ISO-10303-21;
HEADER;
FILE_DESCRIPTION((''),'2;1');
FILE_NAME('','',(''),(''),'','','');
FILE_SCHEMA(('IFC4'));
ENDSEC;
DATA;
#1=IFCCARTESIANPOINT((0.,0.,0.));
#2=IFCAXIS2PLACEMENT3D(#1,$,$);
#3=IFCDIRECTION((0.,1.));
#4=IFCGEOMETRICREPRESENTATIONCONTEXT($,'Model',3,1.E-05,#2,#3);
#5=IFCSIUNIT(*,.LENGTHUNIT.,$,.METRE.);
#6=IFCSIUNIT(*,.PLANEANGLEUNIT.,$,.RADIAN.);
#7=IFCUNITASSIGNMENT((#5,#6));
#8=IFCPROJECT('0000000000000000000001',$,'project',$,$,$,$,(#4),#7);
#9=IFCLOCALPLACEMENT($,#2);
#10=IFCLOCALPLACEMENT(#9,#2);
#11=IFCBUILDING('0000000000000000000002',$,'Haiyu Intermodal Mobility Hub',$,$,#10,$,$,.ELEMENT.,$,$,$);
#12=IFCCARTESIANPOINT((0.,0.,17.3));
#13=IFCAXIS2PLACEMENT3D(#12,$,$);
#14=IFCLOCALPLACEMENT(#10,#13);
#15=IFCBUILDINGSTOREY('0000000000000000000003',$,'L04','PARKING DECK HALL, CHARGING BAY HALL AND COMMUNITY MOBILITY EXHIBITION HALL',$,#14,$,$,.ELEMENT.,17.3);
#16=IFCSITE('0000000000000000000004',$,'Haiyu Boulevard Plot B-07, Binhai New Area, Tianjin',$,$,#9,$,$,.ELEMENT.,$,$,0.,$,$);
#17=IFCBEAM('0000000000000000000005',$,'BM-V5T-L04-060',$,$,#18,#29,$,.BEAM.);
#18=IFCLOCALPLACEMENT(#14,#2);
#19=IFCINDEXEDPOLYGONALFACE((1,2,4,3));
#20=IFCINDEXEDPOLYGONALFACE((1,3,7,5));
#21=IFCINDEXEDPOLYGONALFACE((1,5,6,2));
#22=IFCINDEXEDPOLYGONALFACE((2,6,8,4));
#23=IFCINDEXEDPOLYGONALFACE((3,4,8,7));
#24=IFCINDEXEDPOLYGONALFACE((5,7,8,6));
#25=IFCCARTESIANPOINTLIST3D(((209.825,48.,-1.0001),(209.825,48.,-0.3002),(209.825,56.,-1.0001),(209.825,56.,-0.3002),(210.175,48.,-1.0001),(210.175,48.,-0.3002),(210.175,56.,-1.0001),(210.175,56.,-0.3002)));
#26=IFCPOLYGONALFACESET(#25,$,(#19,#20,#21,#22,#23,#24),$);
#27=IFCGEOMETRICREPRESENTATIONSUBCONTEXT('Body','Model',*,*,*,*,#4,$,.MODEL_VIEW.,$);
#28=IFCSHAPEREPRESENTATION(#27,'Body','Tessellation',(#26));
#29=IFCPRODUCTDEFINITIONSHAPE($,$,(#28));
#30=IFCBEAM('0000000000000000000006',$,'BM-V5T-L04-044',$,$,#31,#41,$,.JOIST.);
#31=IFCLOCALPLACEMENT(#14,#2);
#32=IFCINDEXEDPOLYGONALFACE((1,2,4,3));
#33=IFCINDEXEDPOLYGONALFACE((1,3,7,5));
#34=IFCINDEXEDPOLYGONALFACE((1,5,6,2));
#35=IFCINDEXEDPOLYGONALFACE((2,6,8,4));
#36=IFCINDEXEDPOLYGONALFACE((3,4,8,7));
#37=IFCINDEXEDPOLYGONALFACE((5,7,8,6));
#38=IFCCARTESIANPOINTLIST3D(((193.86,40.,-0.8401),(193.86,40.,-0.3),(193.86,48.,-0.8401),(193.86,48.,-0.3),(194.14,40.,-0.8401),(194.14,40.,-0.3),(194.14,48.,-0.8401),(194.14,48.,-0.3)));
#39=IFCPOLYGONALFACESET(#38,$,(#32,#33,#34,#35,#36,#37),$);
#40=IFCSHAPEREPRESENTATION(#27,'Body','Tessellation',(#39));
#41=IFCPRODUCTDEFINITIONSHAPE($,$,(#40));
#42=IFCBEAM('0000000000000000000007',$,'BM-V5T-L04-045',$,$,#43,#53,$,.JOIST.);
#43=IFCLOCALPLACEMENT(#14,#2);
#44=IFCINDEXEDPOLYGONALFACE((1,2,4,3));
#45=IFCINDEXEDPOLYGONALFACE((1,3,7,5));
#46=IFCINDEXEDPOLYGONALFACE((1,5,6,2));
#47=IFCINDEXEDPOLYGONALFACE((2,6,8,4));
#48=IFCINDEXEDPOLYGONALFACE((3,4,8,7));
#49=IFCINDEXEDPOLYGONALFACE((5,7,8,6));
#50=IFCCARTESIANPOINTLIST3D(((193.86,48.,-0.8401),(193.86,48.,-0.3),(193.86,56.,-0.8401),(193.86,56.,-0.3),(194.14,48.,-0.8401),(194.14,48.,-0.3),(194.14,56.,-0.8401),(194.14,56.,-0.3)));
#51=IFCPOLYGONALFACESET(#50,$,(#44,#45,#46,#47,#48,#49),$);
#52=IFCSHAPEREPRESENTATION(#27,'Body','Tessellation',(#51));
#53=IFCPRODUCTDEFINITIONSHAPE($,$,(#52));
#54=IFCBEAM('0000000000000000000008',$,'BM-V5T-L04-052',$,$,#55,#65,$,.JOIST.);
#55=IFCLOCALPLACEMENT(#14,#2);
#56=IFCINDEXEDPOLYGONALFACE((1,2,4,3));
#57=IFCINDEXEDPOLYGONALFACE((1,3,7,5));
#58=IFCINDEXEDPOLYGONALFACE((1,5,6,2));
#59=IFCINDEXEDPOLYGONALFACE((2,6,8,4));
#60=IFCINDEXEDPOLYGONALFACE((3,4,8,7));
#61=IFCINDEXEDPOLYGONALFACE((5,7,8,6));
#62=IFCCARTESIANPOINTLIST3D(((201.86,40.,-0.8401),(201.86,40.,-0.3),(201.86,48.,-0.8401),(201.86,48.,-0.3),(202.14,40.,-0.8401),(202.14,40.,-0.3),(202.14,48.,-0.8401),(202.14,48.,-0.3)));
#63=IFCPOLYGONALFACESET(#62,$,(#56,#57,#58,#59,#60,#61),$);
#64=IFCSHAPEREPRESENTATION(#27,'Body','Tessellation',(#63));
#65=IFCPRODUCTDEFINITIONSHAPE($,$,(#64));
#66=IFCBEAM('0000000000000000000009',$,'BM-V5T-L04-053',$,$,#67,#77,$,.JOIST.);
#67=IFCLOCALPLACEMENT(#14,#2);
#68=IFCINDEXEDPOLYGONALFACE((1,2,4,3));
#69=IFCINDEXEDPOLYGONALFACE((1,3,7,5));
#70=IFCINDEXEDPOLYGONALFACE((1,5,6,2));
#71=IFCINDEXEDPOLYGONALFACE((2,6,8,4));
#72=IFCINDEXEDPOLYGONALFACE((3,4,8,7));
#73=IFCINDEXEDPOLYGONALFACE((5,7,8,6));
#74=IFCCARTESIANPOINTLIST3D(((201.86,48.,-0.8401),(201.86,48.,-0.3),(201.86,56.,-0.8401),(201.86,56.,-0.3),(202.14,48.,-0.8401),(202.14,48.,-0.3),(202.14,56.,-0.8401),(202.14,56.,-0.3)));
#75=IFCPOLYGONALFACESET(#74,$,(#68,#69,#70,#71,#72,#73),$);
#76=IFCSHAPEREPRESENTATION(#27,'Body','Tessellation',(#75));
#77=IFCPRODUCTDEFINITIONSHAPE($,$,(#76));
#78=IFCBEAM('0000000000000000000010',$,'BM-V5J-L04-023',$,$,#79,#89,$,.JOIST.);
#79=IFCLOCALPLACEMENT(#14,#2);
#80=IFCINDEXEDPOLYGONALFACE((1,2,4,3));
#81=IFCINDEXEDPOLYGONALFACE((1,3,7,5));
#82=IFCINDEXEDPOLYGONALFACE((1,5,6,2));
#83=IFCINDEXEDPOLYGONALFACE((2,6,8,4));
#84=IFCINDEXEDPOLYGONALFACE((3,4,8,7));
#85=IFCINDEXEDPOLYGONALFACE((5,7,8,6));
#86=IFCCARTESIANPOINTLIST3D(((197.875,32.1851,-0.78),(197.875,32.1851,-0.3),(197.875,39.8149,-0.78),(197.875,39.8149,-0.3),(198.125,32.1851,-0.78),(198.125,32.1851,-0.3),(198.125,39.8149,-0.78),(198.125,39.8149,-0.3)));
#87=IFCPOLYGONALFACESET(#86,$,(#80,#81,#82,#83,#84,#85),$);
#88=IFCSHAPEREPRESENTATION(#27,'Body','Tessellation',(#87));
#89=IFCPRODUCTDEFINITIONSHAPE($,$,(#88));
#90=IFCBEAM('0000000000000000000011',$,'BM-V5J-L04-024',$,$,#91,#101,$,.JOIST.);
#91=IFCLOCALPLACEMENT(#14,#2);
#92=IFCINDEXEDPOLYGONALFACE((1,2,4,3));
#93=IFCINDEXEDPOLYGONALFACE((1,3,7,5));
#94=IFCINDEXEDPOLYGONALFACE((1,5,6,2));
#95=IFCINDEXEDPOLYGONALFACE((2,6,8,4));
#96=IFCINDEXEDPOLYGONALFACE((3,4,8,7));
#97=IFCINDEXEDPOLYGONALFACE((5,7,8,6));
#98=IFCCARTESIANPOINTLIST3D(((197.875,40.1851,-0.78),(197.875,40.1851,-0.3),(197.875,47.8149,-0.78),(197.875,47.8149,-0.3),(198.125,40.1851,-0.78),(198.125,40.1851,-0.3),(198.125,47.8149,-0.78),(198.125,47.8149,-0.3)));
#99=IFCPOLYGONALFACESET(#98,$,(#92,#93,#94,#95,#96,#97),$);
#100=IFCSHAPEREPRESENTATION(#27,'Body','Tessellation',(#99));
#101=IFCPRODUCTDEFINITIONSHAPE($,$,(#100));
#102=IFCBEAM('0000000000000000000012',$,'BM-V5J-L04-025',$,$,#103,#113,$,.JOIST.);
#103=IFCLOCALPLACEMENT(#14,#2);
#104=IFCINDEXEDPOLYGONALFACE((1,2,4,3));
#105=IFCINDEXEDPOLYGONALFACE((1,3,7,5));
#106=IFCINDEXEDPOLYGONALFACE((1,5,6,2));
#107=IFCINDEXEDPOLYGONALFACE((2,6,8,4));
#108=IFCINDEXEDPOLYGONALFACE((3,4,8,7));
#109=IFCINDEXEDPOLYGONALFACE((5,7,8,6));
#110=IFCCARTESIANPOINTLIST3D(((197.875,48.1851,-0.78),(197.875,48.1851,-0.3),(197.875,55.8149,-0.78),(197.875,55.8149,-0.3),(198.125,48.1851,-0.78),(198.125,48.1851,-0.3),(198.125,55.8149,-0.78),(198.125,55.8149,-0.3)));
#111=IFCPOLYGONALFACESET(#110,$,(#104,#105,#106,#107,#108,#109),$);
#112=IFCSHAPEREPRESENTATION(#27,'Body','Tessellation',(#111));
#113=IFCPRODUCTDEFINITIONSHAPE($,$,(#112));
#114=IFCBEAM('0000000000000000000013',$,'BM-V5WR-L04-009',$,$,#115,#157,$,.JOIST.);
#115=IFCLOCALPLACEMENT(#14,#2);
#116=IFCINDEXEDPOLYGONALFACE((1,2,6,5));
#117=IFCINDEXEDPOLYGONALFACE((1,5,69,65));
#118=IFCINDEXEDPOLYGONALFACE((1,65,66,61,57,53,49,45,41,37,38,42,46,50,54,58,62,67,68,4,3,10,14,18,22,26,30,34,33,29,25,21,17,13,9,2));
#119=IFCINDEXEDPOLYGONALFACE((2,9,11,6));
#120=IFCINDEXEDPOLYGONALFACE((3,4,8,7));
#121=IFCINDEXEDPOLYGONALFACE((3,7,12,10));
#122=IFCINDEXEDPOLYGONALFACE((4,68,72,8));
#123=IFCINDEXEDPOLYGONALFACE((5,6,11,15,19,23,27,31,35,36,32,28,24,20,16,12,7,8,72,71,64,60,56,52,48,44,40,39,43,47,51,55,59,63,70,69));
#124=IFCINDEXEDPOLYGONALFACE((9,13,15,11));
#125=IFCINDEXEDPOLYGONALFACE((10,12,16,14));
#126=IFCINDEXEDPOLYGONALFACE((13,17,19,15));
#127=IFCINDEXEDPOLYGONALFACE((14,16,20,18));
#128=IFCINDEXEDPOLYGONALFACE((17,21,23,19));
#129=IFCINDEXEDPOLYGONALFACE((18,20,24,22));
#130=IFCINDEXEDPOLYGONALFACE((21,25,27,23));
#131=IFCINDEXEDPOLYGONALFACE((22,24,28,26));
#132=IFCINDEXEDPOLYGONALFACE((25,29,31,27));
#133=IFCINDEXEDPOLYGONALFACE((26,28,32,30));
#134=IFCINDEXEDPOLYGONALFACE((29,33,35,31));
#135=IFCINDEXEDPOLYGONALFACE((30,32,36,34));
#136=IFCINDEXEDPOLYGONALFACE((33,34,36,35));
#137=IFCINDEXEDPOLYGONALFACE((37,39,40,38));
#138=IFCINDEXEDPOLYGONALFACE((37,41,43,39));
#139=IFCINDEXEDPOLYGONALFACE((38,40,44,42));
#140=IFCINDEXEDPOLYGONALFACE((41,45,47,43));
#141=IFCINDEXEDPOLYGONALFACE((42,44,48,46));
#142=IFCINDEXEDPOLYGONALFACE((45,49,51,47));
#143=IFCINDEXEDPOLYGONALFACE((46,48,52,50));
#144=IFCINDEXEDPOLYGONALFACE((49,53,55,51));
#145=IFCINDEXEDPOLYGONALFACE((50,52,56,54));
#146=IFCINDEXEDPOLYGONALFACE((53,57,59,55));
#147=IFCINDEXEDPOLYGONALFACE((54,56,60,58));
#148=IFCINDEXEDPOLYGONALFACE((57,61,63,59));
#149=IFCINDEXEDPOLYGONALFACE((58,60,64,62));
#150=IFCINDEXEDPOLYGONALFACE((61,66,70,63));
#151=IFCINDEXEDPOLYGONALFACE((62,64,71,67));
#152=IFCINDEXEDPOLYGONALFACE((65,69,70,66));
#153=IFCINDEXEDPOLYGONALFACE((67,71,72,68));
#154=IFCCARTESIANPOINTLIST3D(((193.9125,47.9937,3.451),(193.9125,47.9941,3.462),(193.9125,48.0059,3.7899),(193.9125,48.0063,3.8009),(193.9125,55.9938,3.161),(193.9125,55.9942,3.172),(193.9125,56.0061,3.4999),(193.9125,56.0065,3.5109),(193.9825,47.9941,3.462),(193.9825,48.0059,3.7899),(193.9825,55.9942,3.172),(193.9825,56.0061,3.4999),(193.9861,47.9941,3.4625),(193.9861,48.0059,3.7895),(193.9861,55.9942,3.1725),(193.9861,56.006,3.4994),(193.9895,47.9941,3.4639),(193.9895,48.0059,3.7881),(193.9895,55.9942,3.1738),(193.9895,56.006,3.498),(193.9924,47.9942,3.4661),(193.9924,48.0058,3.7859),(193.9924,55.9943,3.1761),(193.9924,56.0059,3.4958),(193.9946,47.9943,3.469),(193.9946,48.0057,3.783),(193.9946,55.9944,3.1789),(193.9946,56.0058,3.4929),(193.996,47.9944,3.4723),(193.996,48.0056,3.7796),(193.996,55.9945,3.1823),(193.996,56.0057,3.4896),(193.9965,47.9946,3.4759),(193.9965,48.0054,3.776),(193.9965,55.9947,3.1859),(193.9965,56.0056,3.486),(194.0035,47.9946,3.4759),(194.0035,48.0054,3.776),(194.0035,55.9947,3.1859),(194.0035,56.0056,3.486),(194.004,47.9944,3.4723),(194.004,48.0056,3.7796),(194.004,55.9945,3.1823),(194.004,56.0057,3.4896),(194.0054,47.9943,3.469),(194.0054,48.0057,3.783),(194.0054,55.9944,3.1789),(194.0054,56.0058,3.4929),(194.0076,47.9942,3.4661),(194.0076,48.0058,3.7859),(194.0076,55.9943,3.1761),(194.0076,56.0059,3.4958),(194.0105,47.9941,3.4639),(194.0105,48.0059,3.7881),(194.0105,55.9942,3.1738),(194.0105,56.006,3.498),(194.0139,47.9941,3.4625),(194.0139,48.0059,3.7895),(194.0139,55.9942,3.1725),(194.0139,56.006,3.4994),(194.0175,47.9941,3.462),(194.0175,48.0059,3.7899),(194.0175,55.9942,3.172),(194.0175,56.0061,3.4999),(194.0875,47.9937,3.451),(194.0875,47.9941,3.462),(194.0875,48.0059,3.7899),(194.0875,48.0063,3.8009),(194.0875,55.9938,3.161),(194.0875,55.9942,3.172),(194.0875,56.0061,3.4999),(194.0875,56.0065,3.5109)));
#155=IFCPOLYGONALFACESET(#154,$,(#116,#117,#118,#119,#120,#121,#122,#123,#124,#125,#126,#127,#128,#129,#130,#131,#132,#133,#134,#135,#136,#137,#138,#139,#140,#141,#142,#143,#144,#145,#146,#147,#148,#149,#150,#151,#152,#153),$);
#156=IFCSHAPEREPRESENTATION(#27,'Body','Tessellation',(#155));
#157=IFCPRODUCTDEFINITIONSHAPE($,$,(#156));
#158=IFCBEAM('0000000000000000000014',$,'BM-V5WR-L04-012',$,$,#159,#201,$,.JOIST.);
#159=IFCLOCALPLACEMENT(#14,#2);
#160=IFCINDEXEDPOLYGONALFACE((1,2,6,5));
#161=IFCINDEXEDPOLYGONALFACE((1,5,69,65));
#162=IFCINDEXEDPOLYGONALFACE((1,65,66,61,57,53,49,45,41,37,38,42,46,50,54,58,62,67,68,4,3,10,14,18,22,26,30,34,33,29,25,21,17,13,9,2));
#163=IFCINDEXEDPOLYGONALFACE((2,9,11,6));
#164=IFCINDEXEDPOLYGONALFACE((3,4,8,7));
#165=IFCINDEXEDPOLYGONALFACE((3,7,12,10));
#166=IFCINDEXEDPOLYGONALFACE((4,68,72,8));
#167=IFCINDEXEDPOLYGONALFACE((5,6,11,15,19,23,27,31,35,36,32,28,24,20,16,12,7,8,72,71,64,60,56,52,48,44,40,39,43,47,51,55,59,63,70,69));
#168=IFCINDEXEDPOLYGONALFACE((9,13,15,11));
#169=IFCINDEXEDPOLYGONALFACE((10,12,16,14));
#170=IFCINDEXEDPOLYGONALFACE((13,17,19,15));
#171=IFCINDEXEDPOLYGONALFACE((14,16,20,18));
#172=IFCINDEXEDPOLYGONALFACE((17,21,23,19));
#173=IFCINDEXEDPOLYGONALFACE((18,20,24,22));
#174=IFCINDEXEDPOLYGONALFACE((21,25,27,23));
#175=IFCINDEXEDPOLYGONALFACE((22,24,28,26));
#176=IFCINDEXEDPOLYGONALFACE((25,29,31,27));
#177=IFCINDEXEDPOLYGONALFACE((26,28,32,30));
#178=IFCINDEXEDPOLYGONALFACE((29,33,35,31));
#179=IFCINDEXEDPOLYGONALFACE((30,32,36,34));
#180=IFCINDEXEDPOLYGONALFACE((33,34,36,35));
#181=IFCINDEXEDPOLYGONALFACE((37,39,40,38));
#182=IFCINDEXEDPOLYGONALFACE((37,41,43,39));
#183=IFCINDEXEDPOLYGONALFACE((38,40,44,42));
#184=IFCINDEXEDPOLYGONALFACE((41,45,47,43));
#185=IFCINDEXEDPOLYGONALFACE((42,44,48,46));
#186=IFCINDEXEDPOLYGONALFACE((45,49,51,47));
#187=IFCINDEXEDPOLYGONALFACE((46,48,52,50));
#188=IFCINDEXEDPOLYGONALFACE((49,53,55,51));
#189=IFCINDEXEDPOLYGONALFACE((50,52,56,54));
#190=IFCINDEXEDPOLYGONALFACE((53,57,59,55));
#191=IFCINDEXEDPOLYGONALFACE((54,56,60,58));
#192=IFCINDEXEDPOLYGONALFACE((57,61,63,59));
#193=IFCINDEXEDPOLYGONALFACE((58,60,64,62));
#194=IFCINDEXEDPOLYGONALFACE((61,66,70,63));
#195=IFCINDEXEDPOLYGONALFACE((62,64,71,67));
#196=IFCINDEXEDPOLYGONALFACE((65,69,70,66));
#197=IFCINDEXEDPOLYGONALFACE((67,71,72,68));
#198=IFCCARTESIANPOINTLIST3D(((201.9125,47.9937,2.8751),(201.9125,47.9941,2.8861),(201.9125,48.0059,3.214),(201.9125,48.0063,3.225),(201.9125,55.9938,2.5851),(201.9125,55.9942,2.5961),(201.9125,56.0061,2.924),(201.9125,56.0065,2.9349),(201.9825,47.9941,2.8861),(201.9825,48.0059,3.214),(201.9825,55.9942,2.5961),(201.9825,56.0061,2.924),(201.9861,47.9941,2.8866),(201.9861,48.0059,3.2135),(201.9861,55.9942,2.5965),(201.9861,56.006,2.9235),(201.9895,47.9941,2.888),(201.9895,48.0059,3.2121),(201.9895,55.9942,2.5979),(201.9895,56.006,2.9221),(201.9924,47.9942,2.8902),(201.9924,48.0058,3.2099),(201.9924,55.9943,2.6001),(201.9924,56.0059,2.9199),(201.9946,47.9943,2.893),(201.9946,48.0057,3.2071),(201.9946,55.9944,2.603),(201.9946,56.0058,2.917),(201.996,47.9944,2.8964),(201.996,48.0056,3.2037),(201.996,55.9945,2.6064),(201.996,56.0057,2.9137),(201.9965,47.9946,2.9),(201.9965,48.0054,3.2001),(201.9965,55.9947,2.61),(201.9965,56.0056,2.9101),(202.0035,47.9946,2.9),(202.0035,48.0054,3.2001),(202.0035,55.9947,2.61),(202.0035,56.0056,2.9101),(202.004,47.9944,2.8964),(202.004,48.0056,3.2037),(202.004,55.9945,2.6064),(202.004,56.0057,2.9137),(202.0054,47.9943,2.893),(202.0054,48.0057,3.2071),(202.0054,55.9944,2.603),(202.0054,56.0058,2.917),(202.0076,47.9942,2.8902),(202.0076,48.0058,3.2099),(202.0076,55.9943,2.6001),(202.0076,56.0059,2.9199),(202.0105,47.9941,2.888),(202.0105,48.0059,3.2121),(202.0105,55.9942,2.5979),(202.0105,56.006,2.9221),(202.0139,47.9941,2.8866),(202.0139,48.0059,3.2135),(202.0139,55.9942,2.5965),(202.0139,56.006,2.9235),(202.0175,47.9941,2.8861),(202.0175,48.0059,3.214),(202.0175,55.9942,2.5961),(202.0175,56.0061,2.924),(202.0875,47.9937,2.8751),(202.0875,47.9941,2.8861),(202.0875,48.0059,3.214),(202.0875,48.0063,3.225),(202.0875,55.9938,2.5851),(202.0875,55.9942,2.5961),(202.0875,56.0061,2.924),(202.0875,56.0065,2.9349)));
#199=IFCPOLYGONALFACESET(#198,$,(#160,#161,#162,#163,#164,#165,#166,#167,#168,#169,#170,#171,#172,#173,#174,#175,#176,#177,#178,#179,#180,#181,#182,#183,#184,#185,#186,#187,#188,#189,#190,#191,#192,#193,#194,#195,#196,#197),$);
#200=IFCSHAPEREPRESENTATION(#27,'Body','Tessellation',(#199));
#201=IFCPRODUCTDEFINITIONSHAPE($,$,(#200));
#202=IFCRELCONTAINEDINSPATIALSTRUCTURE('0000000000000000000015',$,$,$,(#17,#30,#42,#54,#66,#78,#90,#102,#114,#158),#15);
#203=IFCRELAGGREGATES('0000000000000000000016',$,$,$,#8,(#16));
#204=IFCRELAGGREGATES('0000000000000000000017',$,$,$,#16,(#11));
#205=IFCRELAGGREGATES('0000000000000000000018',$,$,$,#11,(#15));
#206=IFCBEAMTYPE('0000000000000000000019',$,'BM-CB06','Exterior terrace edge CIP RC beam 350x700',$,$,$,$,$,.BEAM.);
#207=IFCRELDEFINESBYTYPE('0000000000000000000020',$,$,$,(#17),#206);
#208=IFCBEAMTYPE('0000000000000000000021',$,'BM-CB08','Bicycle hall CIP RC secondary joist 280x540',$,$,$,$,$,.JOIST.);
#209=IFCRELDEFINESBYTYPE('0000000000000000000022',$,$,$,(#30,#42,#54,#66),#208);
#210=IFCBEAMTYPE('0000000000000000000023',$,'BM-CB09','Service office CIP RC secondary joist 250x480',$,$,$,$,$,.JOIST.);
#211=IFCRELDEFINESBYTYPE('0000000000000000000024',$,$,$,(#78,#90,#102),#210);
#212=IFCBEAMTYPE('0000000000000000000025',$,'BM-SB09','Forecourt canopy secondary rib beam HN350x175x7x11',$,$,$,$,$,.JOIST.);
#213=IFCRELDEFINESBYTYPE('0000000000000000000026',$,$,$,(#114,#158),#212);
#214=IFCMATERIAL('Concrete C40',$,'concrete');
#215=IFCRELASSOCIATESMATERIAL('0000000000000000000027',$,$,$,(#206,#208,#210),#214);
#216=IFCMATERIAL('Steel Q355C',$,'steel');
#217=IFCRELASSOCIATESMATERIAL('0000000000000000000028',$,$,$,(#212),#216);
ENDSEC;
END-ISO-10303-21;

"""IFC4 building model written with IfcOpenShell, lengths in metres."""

from ifc_helpers import new_model, si_unit, direction, frame, origin, origin_2d, place, context, subcontext, project, spatial, rectangle, i_section, extrude, material, material_profile, profile_set, type_object, element, save


model = new_model("IFC4")

# Units and contexts
model_context = context("Model", 3, precision=1e-05, world=origin(), true_north=direction((0.0, 1.0)))
body_context = subcontext(model_context, "Body", "Model", "MODEL_VIEW")
ifc_project = project(units=[si_unit("LENGTHUNIT", "METRE"), si_unit("PLANEANGLEUNIT", "RADIAN")], contexts=[model_context])

# Site, building, storey
site_placement = place(None, origin())
site = spatial("IfcSite", under=ifc_project, at=site_placement, Name="Haiyu Boulevard Plot B-07, Binhai New Area, Tianjin", CompositionType="ELEMENT", RefElevation=0.0)
building_placement = place(site_placement, origin())
building = spatial("IfcBuilding", under=site, at=building_placement, Name="Haiyu Intermodal Mobility Hub", CompositionType="ELEMENT")
storey_placement = place(building_placement, frame((0.0, 0.0, 17.3)))
storey = spatial("IfcBuildingStorey", under=building, at=storey_placement, Name="L04", Description="PARKING DECK HALL, CHARGING BAY HALL AND COMMUNITY MOBILITY EXHIBITION HALL", CompositionType="ELEMENT", Elevation=17.3)

# Shared definitions
ifc_material_1 = material(Name="Steel Q355C", Category="steel")

# Beams
ifc_material_2 = material(Name="Concrete C40", Category="concrete")
ifc_material_profile_1 = material_profile(ifc_material_2, rectangle(XDim=0.3501, YDim=0.7, at=origin_2d()), Name="RCB350x700")
ifc_profile_set_1 = profile_set([ifc_material_profile_1], Name="Concrete C40")
beam_type_1 = type_object("IfcBeamType", Name="BM-CB06", Description="Exterior terrace edge CIP RC beam 350x700", PredefinedType="BEAM", material=ifc_profile_set_1)
for number, where, z_axis, x_axis, name in (
    (1, (210.0, 48.0, -0.6501), (0.0, 1.0, 0.0), (-1.0, 0.0, 0.0), "BM-V5T-L04-060"),
):
    element("IfcBeam", number, at=place(storey_placement, frame(where, z_axis=z_axis, x_axis=x_axis)), inside=storey, type_object=beam_type_1, Name=name, PredefinedType="BEAM", context=body_context, shape_type="SweptSolid", body=[
        extrude(rectangle(XDim=0.3501, YDim=0.7, at=origin_2d()), origin(), (0.0, 0.0, 1.0), 8.0),
    ])
ifc_material_profile_2 = material_profile(ifc_material_2, rectangle(XDim=0.28, YDim=0.54, at=origin_2d()), Name="RCB280x540")
ifc_profile_set_2 = profile_set([ifc_material_profile_2], Name="Concrete C40")
beam_type_2 = type_object("IfcBeamType", Name="BM-CB08", Description="Bicycle hall CIP RC secondary joist 280x540", PredefinedType="JOIST", material=ifc_profile_set_2)
for number, where, z_axis, x_axis, name in (
    (2, (194.0, 40.0, -0.5701), (0.0, 1.0, 0.0), (-1.0, 0.0, 0.0), "BM-V5T-L04-044"),
    (3, (194.0, 48.0, -0.5701), (0.0, 1.0, 0.0), (-1.0, 0.0, 0.0), "BM-V5T-L04-045"),
    (4, (202.0, 40.0, -0.5701), (0.0, 1.0, 0.0), (-1.0, 0.0, 0.0), "BM-V5T-L04-052"),
    (5, (202.0, 48.0, -0.5701), (0.0, 1.0, 0.0), (-1.0, 0.0, 0.0), "BM-V5T-L04-053"),
):
    element("IfcBeam", number, at=place(storey_placement, frame(where, z_axis=z_axis, x_axis=x_axis)), inside=storey, type_object=beam_type_2, Name=name, PredefinedType="JOIST", context=body_context, shape_type="SweptSolid", body=[
        extrude(rectangle(XDim=0.28, YDim=0.54, at=origin_2d()), origin(), (0.0, 0.0, 1.0), 8.0),
    ])
ifc_material_profile_3 = material_profile(ifc_material_2, rectangle(XDim=0.25, YDim=0.48, at=origin_2d()), Name="RCB250x480")
ifc_profile_set_3 = profile_set([ifc_material_profile_3], Name="Concrete C40")
beam_type_3 = type_object("IfcBeamType", Name="BM-CB09", Description="Service office CIP RC secondary joist 250x480", PredefinedType="JOIST", material=ifc_profile_set_3)
for number, where, z_axis, x_axis, name in (
    (6, (198.0, 32.1851, -0.54), (0.0, 1.0, 0.0), (-1.0, 0.0, 0.0), "BM-V5J-L04-023"),
    (7, (198.0, 40.1851, -0.54), (0.0, 1.0, 0.0), (-1.0, 0.0, 0.0), "BM-V5J-L04-024"),
    (8, (198.0, 48.1851, -0.54), (0.0, 1.0, 0.0), (-1.0, 0.0, 0.0), "BM-V5J-L04-025"),
):
    element("IfcBeam", number, at=place(storey_placement, frame(where, z_axis=z_axis, x_axis=x_axis)), inside=storey, type_object=beam_type_3, Name=name, PredefinedType="JOIST", context=body_context, shape_type="SweptSolid", body=[
        extrude(rectangle(XDim=0.25, YDim=0.48, at=origin_2d()), origin(), (0.0, 0.0, 1.0), 7.6299),
    ])
ifc_material_profile_4 = material_profile(ifc_material_1, i_section(OverallWidth=0.175, OverallDepth=0.3501, WebThickness=0.0071, FlangeThickness=0.011, FilletRadius=0.0139, at=origin_2d()), Name="HN350x175x7x11")
ifc_profile_set_4 = profile_set([ifc_material_profile_4], Name="Steel Q355C")
beam_type_4 = type_object("IfcBeamType", Name="BM-SB09", Description="Forecourt canopy secondary rib beam HN350x175x7x11", PredefinedType="JOIST", material=ifc_profile_set_4)
for number, where, z_axis, x_axis, name in (
    (9, (194.0, 48.0, 3.626), (0.0, 0.999343, -0.036231), (-1.0, 0.0, 0.0), "BM-V5WR-L04-009"),
    (10, (202.0, 48.0, 3.05), (0.0, 0.999343, -0.036231), (-1.0, 0.0, 0.0), "BM-V5WR-L04-012"),
):
    element("IfcBeam", number, at=place(storey_placement, frame(where, z_axis=z_axis, x_axis=x_axis)), inside=storey, type_object=beam_type_4, Name=name, PredefinedType="JOIST", context=body_context, shape_type="SweptSolid", body=[
        extrude(i_section(OverallWidth=0.175, OverallDepth=0.3501, WebThickness=0.0071, FlangeThickness=0.011, FilletRadius=0.0139, at=origin_2d()), origin(), (0.0, 0.0, 1.0), 8.0054),
    ])

save(model, "model.ifc")
